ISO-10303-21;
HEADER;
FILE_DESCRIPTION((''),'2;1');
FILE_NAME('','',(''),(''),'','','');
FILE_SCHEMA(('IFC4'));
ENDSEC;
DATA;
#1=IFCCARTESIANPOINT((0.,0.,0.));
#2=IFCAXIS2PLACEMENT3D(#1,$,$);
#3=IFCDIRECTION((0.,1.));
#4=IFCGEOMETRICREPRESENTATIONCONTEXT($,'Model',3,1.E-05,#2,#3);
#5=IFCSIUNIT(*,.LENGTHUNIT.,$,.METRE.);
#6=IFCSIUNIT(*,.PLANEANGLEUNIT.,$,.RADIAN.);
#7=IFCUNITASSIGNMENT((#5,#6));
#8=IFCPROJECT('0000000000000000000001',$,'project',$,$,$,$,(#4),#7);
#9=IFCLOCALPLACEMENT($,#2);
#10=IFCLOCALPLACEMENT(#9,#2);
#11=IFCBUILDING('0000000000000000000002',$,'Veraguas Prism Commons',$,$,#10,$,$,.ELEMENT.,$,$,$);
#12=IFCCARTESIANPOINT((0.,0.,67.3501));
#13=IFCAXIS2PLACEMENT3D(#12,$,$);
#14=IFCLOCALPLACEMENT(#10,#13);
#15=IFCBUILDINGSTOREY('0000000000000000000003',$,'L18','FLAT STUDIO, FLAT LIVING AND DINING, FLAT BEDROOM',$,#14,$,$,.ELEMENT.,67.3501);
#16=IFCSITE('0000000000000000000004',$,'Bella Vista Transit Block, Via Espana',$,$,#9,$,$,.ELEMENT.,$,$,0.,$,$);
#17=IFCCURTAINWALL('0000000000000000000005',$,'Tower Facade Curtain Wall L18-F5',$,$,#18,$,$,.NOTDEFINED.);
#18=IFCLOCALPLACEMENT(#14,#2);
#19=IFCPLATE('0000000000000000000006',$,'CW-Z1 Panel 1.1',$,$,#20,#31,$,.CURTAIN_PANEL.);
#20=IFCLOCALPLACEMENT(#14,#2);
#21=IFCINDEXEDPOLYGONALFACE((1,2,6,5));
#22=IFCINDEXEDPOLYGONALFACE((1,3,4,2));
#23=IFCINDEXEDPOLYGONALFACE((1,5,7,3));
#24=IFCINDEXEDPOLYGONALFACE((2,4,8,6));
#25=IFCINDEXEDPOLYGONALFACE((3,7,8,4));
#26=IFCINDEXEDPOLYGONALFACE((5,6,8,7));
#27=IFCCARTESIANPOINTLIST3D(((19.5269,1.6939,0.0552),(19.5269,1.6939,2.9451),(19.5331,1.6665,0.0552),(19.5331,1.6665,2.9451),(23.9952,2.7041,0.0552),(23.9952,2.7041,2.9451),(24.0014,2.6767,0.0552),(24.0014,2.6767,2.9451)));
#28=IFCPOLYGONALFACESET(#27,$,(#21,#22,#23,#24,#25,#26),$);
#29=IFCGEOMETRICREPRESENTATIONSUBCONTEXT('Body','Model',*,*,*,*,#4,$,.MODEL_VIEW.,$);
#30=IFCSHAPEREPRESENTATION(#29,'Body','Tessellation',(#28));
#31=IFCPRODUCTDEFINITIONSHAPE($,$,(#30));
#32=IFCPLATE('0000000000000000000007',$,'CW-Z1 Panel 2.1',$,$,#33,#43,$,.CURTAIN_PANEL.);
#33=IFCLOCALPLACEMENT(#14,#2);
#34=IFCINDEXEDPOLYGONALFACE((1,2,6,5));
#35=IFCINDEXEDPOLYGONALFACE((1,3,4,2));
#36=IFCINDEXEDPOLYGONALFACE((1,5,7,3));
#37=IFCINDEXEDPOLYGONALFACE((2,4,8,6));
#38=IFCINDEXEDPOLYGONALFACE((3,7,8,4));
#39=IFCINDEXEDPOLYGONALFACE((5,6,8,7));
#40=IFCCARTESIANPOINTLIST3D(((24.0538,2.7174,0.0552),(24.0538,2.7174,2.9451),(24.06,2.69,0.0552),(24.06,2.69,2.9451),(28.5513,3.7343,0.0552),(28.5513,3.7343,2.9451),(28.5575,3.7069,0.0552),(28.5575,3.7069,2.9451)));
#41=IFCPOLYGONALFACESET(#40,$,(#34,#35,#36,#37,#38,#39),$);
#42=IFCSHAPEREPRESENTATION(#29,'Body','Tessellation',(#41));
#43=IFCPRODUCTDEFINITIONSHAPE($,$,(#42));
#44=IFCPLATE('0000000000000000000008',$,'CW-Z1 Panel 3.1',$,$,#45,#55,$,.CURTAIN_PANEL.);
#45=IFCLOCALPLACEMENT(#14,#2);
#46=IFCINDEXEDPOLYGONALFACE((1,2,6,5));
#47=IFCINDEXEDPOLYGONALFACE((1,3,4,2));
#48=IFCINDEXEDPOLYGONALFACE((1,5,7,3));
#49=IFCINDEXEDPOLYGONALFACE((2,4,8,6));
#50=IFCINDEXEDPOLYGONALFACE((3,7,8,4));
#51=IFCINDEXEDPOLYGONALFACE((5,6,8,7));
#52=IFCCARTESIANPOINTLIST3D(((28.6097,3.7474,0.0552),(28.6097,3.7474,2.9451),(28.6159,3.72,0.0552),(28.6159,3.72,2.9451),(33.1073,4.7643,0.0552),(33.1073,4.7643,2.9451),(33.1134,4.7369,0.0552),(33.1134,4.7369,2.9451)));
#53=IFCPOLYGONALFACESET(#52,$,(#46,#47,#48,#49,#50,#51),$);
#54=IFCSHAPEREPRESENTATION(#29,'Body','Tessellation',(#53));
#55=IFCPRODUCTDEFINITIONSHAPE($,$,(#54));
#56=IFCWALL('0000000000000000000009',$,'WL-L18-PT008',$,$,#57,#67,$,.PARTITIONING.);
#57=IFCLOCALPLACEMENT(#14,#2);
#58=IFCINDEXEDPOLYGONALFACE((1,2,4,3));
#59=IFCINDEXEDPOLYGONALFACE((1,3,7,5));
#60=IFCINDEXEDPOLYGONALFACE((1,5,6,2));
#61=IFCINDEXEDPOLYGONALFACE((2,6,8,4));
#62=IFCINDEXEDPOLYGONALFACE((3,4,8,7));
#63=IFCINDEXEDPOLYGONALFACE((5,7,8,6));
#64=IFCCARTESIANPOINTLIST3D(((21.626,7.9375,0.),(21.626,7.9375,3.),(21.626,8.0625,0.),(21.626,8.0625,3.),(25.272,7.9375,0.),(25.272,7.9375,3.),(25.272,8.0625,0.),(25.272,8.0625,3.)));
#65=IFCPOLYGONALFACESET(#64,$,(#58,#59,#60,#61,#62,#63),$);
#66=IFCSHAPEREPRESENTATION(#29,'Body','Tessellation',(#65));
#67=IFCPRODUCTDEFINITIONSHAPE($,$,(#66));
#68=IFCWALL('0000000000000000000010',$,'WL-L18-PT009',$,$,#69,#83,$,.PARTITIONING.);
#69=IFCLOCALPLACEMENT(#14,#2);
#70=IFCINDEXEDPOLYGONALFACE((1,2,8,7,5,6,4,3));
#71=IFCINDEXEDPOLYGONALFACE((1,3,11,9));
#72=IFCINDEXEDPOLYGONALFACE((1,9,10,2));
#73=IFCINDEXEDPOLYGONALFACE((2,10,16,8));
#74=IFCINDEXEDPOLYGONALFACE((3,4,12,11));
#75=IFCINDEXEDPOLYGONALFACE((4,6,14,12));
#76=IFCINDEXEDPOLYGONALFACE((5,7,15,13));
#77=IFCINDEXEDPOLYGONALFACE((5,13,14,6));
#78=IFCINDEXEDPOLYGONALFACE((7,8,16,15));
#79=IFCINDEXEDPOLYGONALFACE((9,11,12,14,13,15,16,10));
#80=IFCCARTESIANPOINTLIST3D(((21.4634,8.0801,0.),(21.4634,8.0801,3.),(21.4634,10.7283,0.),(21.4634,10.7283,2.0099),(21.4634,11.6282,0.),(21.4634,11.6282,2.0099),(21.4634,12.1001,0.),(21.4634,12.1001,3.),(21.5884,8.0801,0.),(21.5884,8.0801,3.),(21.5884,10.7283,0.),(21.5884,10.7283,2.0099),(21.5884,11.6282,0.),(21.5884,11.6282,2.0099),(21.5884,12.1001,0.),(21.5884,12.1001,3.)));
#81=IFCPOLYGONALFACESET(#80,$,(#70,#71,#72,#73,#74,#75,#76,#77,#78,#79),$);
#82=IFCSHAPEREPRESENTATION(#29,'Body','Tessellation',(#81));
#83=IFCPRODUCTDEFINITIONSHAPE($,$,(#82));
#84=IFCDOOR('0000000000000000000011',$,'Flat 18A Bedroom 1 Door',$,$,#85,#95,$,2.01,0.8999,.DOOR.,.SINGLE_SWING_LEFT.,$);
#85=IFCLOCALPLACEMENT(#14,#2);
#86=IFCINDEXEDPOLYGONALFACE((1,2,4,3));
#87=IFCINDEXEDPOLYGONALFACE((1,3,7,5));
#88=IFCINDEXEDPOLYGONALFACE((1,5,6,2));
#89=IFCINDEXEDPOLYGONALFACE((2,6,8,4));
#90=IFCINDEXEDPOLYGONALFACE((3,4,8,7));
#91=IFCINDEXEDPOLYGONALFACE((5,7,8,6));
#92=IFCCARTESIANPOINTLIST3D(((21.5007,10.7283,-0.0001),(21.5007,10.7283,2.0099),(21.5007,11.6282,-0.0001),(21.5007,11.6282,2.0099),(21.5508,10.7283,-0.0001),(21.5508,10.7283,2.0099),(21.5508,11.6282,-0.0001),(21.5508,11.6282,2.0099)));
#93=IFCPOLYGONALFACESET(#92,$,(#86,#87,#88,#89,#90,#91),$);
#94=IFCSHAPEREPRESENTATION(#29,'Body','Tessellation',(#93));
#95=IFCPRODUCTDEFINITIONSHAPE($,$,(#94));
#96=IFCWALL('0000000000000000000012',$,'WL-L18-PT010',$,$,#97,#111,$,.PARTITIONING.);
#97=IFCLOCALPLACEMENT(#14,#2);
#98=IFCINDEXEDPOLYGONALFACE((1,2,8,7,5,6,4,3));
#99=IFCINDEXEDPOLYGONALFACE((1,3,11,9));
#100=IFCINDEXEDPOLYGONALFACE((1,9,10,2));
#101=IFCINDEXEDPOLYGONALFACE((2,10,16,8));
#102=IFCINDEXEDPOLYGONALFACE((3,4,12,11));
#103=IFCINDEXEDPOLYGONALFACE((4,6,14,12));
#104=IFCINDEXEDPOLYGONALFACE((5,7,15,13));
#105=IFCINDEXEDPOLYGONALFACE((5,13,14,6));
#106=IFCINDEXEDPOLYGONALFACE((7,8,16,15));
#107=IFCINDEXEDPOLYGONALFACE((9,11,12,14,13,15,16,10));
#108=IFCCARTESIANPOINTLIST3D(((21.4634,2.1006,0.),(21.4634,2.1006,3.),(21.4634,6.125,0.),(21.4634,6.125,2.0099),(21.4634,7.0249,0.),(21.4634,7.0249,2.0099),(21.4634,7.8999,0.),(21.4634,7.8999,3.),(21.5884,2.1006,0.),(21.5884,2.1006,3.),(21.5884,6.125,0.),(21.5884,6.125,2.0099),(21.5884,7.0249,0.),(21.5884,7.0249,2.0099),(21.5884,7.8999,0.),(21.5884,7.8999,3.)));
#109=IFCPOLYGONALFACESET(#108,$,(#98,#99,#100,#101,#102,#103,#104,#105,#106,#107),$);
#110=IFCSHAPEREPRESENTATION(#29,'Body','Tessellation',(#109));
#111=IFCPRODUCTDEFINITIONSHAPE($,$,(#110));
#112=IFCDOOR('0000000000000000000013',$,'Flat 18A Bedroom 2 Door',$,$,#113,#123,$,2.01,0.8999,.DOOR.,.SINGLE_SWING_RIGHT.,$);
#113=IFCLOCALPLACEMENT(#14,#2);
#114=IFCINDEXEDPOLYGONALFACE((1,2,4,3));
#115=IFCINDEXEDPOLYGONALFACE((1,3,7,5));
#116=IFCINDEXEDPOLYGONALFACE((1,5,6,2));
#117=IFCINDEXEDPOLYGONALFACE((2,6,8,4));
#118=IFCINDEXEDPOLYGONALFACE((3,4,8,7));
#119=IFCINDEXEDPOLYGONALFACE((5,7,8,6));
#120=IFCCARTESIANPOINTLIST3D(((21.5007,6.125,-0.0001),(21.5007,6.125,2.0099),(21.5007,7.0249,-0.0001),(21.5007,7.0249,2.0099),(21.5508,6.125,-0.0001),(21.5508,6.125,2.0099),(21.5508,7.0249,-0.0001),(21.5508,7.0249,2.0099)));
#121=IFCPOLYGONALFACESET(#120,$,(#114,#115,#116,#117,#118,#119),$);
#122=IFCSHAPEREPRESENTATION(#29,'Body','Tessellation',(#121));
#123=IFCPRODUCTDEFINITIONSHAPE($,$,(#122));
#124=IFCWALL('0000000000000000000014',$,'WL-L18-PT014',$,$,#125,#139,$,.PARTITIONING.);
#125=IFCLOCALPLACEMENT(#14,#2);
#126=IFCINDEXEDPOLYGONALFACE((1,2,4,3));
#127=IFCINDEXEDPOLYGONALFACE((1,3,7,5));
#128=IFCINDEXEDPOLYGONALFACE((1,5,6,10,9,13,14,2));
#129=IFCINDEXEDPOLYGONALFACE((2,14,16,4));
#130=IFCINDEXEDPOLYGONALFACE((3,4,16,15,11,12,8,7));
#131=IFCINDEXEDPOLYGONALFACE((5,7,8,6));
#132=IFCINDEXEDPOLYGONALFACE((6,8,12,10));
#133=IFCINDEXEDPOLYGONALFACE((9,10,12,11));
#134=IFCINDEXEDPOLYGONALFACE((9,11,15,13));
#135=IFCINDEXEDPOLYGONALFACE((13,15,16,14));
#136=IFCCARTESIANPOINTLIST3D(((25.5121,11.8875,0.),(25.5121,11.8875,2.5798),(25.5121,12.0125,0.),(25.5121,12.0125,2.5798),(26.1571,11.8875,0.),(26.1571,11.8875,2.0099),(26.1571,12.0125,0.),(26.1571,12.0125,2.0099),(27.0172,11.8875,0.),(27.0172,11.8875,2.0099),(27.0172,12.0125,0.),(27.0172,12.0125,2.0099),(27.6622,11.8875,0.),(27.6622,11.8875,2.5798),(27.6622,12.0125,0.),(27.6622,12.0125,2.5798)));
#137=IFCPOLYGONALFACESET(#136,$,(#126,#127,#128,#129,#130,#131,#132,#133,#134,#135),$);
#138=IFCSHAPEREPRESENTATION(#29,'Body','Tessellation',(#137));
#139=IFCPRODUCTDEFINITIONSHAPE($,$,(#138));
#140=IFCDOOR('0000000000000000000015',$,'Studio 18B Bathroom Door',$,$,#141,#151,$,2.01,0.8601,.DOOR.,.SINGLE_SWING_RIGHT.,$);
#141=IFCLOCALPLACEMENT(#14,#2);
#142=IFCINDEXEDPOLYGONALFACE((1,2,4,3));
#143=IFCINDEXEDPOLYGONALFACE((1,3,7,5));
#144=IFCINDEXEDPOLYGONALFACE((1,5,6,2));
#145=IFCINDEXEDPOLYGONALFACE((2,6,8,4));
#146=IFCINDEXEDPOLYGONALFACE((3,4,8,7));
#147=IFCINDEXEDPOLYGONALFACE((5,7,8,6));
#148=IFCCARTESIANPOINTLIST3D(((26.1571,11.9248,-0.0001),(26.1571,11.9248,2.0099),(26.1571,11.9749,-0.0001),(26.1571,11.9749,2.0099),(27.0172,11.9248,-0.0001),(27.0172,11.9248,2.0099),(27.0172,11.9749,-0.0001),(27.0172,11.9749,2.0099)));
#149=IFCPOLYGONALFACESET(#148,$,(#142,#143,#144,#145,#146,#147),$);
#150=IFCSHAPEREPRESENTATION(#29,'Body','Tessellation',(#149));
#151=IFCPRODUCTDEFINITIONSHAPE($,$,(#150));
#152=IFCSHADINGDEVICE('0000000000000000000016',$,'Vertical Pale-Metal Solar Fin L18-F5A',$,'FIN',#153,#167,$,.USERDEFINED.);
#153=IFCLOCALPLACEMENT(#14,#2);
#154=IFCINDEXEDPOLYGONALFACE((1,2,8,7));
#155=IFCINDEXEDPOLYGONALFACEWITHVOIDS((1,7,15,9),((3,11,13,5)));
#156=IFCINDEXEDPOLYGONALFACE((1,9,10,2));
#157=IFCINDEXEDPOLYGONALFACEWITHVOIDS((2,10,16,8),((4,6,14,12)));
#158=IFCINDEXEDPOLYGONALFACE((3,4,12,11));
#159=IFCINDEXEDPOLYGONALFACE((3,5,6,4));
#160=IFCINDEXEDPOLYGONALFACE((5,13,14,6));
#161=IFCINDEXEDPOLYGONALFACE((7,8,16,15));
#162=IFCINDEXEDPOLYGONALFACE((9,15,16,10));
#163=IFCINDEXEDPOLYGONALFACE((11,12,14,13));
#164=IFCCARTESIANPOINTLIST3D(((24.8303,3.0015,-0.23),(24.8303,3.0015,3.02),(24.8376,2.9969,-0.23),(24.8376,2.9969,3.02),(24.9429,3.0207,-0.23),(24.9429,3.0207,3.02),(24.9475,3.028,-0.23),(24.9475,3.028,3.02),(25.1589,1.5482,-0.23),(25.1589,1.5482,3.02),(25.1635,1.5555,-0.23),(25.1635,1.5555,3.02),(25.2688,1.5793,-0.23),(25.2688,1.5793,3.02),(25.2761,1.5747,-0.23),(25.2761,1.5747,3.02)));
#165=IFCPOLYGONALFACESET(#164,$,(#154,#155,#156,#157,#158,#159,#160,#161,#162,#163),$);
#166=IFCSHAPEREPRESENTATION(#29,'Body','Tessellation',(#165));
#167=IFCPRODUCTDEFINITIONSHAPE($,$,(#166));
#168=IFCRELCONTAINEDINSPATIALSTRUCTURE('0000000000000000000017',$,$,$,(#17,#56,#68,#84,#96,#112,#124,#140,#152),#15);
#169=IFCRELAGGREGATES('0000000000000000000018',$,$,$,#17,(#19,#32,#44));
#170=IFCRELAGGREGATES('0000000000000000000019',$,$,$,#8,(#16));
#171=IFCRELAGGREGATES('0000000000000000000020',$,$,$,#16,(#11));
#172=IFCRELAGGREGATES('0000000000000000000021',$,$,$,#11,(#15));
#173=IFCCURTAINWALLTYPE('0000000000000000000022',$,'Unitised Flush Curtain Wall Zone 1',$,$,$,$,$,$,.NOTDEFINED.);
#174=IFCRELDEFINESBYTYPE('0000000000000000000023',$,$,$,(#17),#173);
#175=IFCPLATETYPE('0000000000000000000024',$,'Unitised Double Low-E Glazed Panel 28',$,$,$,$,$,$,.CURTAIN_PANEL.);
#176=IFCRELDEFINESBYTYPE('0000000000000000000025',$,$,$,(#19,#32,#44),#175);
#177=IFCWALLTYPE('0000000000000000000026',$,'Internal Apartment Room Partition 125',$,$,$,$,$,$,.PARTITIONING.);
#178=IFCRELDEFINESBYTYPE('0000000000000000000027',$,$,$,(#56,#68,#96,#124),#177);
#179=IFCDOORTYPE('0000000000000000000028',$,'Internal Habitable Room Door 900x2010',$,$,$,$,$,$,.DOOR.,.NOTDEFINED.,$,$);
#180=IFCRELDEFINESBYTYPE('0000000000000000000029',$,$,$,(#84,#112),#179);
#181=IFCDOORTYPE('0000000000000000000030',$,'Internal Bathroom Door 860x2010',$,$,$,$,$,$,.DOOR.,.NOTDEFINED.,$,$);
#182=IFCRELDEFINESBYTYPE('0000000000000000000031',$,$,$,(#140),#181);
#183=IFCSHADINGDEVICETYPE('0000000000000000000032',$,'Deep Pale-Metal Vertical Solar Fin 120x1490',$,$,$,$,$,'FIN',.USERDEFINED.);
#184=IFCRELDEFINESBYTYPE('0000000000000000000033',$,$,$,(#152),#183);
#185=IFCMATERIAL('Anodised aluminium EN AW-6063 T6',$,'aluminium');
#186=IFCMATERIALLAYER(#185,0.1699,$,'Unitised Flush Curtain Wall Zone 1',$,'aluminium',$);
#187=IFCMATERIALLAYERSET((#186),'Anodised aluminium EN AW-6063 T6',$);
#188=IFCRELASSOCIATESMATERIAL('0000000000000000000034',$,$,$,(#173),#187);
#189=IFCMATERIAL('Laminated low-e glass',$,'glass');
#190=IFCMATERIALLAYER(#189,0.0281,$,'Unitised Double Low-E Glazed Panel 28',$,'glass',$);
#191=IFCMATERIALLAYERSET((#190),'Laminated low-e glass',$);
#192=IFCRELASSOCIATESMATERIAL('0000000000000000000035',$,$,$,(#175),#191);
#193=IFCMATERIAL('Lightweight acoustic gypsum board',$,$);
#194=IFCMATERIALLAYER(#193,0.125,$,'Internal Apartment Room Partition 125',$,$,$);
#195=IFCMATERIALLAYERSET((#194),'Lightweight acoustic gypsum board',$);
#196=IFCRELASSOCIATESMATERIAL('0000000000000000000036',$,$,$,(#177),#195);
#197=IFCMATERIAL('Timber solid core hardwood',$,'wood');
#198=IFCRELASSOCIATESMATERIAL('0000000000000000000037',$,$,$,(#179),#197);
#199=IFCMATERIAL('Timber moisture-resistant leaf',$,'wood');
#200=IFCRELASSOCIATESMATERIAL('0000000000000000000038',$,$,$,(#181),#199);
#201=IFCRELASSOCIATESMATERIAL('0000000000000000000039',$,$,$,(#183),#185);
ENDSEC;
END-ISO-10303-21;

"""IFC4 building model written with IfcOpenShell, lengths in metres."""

from ifc_helpers import new_model, si_unit, direction, frame, frame_2d, origin, origin_2d, place, context, subcontext, project, spatial, rectangle, hollow_rectangle, extrude, source, transform, mapped, material, layer, layer_set, material_profile, profile_set, type_object, element, fill, aggregate, save


model = new_model("IFC4")

# Units and contexts
model_context = context("Model", 3, precision=1e-05, world=origin(), true_north=direction((0.0, 1.0)))
body_context = subcontext(model_context, "Body", "Model", "MODEL_VIEW")
ifc_project = project(units=[si_unit("LENGTHUNIT", "METRE"), si_unit("PLANEANGLEUNIT", "RADIAN")], contexts=[model_context])

# Site, building, storey
site_placement = place(None, origin())
site = spatial("IfcSite", under=ifc_project, at=site_placement, Name="Bella Vista Transit Block, Via Espana", CompositionType="ELEMENT", RefElevation=0.0)
building_placement = place(site_placement, origin())
building = spatial("IfcBuilding", under=site, at=building_placement, Name="Veraguas Prism Commons", CompositionType="ELEMENT")
storey_placement = place(building_placement, frame((0.0, 0.0, 67.3501)))
storey = spatial("IfcBuildingStorey", under=building, at=storey_placement, Name="L18", Description="FLAT STUDIO, FLAT LIVING AND DINING, FLAT BEDROOM", CompositionType="ELEMENT", Elevation=67.3501)

# Curtain wall, plates
ifc_material_1 = material(Name="Anodised aluminium EN AW-6063 T6", Category="aluminium")
ifc_layer_1 = layer(ifc_material_1, 0.1699, Name="Unitised Flush Curtain Wall Zone 1", Category="aluminium")
ifc_layer_set_1 = layer_set([ifc_layer_1], Name="Anodised aluminium EN AW-6063 T6")
curtain_wall_type = type_object("IfcCurtainWallType", Name="Unitised Flush Curtain Wall Zone 1", PredefinedType="NOTDEFINED", material=ifc_layer_set_1)
curtain_wall_placement = place(storey_placement, origin())
curtain_wall = element("IfcCurtainWall", 1, at=curtain_wall_placement, inside=storey, type_object=curtain_wall_type, Name="Tower Facade Curtain Wall L18-F5", PredefinedType="NOTDEFINED")
ifc_material_2 = material(Name="Laminated low-e glass", Category="glass")
ifc_layer_2 = layer(ifc_material_2, 0.0281, Name="Unitised Double Low-E Glazed Panel 28", Category="glass")
ifc_layer_set_2 = layer_set([ifc_layer_2], Name="Laminated low-e glass")
plate_type = type_object("IfcPlateType", Name="Unitised Double Low-E Glazed Panel 28", PredefinedType="CURTAIN_PANEL", material=ifc_layer_set_2)
shared_shape_1 = source(origin(), body_context, "Body", "SweptSolid", [
    extrude(rectangle(XDim=4.5811, YDim=0.0281, at=origin_2d()), origin(), (0.0, 0.0, 1.0), 2.8899),
])
plate_1_placement = place(storey_placement, frame((21.7642, 2.1853, 0.0552), z_axis=(0.0, 0.0, 1.0), x_axis=(0.97538, 0.220532, 0.0)))
plate_1 = element("IfcPlate", 2, at=plate_1_placement, type_object=plate_type, Name="CW-Z1 Panel 1.1", PredefinedType="CURTAIN_PANEL", context=body_context, shape_type="MappedRepresentation", body=[
    mapped(shared_shape_1, transform((0.0, 0.0, 0.0), scale=1.0)),
])
shared_shape_2 = source(origin(), body_context, "Body", "SweptSolid", [
    extrude(rectangle(XDim=4.6111, YDim=0.0281, at=origin_2d()), origin(), (0.0, 0.0, 1.0), 2.8899),
])
plate_2_placement = place(storey_placement, frame((26.3057, 3.2122, 0.0552), z_axis=(0.0, 0.0, 1.0), x_axis=(0.97538, 0.220532, 0.0)))
plate_2 = element("IfcPlate", 3, at=plate_2_placement, type_object=plate_type, Name="CW-Z1 Panel 2.1", PredefinedType="CURTAIN_PANEL", context=body_context, shape_type="MappedRepresentation", body=[
    mapped(shared_shape_2, transform((0.0, 0.0, 0.0), scale=1.0)),
])
plate_3_placement = place(storey_placement, frame((30.8616, 4.2422, 0.0552), z_axis=(0.0, 0.0, 1.0), x_axis=(0.97538, 0.220532, 0.0)))
plate_3 = element("IfcPlate", 4, at=plate_3_placement, type_object=plate_type, Name="CW-Z1 Panel 3.1", PredefinedType="CURTAIN_PANEL", context=body_context, shape_type="MappedRepresentation", body=[
    mapped(shared_shape_2, transform((0.0, 0.0, 0.0), scale=1.0)),
])
aggregate(curtain_wall, [plate_1, plate_2, plate_3])

# Wall
ifc_material_3 = material(Name="Lightweight acoustic gypsum board")
ifc_layer_3 = layer(ifc_material_3, 0.125, Name="Internal Apartment Room Partition 125")
ifc_layer_set_3 = layer_set([ifc_layer_3], Name="Lightweight acoustic gypsum board")
wall_type = type_object("IfcWallType", Name="Internal Apartment Room Partition 125", PredefinedType="PARTITIONING", material=ifc_layer_set_3)
wall_1_placement = place(storey_placement, frame((21.626, 8.0, 0.0), z_axis=(0.0, 0.0, 1.0), x_axis=(1.0, 0.0, 0.0)))
element("IfcWall", 5, at=wall_1_placement, inside=storey, type_object=wall_type, Name="WL-L18-PT008", PredefinedType="PARTITIONING", context=body_context, shape_type="SweptSolid", body=[
    extrude(rectangle(XDim=3.646, YDim=0.125, at=frame_2d((1.823, 0.0))), origin(), (0.0, 0.0, 1.0), 3.0),
])

# Walls, openings, doors
wall_2_placement = place(storey_placement, frame((21.5259, 12.1001, 0.0), z_axis=(0.0, 0.0, 1.0), x_axis=(0.0, -1.0, 0.0)))
wall_2 = element("IfcWall", 6, at=wall_2_placement, inside=storey, type_object=wall_type, Name="WL-L18-PT009", PredefinedType="PARTITIONING", context=body_context, shape_type="SweptSolid", body=[
    extrude(rectangle(XDim=4.02, YDim=0.125, at=frame_2d((2.01, 0.0))), origin(), (0.0, 0.0, 1.0), 3.0),
])
opening_1_placement = place(wall_2_placement, frame((0.4719, 0.0, 0.0)))
opening_1 = element("IfcOpeningElement", 7, at=opening_1_placement, cuts=wall_2, PredefinedType="OPENING", context=body_context, shape_type="SweptSolid", body=[
    extrude(rectangle(XDim=0.8999, YDim=2.01, at=frame_2d((0.45, 1.0049))), frame((0.0, 0.0725, 0.0), z_axis=(0.0, -1.0, 0.0), x_axis=(1.0, 0.0, 0.0)), (0.0, 0.0, 1.0), 0.145),
])
ifc_material_4 = material(Name="Timber solid core hardwood", Category="wood")
door_type_1 = type_object("IfcDoorType", Name="Internal Habitable Room Door 900x2010", OperationType="NOTDEFINED", PredefinedType="DOOR", material=ifc_material_4)
shared_shape_3 = source(origin(), body_context, "Body", "SweptSolid", [
    extrude(rectangle(XDim=0.8999, YDim=2.01, at=frame_2d((0.45, 1.0049))), frame((0.0, 0.0249, 0.0), z_axis=(0.0, -1.0, 0.0), x_axis=(1.0, 0.0, 0.0)), (0.0, 0.0, 1.0), 0.05),
])
door_1_placement = place(opening_1_placement, origin())
door_1 = element("IfcDoor", 8, at=door_1_placement, inside=storey, type_object=door_type_1, Name="Flat 18A Bedroom 1 Door", OperationType="SINGLE_SWING_LEFT", OverallHeight=2.01, OverallWidth=0.8999, PredefinedType="DOOR", context=body_context, shape_type="MappedRepresentation", body=[
    mapped(shared_shape_3, transform((0.0, 0.0, 0.0), scale=1.0)),
])
fill(opening_1, door_1)
wall_3_placement = place(storey_placement, frame((21.5259, 7.8999, 0.0), z_axis=(0.0, 0.0, 1.0), x_axis=(0.0, -1.0, 0.0)))
wall_3 = element("IfcWall", 9, at=wall_3_placement, inside=storey, type_object=wall_type, Name="WL-L18-PT010", PredefinedType="PARTITIONING", context=body_context, shape_type="SweptSolid", body=[
    extrude(rectangle(XDim=5.7993, YDim=0.125, at=frame_2d((2.8997, 0.0))), origin(), (0.0, 0.0, 1.0), 3.0),
])
opening_2_placement = place(wall_3_placement, frame((0.875, 0.0, 0.0)))
opening_2 = element("IfcOpeningElement", 10, at=opening_2_placement, cuts=wall_3, PredefinedType="OPENING", context=body_context, shape_type="SweptSolid", body=[
    extrude(rectangle(XDim=0.8999, YDim=2.01, at=frame_2d((0.45, 1.0049))), frame((0.0, 0.0725, 0.0), z_axis=(0.0, -1.0, 0.0), x_axis=(1.0, 0.0, 0.0)), (0.0, 0.0, 1.0), 0.145),
])
door_2_placement = place(opening_2_placement, origin())
door_2 = element("IfcDoor", 11, at=door_2_placement, inside=storey, type_object=door_type_1, Name="Flat 18A Bedroom 2 Door", OperationType="SINGLE_SWING_RIGHT", OverallHeight=2.01, OverallWidth=0.8999, PredefinedType="DOOR", context=body_context, shape_type="MappedRepresentation", body=[
    mapped(shared_shape_3, transform((0.0, 0.0, 0.0), scale=1.0)),
])
fill(opening_2, door_2)
wall_4_placement = place(storey_placement, frame((25.512, 11.95, 0.0), z_axis=(0.0, 0.0, 1.0), x_axis=(1.0, 0.0, 0.0)))
wall_4 = element("IfcWall", 12, at=wall_4_placement, inside=storey, type_object=wall_type, Name="WL-L18-PT014", PredefinedType="PARTITIONING", context=body_context, shape_type="SweptSolid", body=[
    extrude(rectangle(XDim=2.1501, YDim=0.125, at=frame_2d((1.0752, 0.0))), origin(), (0.0, 0.0, 1.0), 2.5798),
])
opening_3_placement = place(wall_4_placement, frame((0.645, 0.0, 0.0)))
opening_3 = element("IfcOpeningElement", 13, at=opening_3_placement, cuts=wall_4, PredefinedType="OPENING", context=body_context, shape_type="SweptSolid", body=[
    extrude(rectangle(XDim=0.8601, YDim=2.01, at=frame_2d((0.4302, 1.0049))), frame((0.0, 0.0725, 0.0), z_axis=(0.0, -1.0, 0.0), x_axis=(1.0, 0.0, 0.0)), (0.0, 0.0, 1.0), 0.145),
])
ifc_material_5 = material(Name="Timber moisture-resistant leaf", Category="wood")
door_type_2 = type_object("IfcDoorType", Name="Internal Bathroom Door 860x2010", OperationType="NOTDEFINED", PredefinedType="DOOR", material=ifc_material_5)
shared_shape_4 = source(origin(), body_context, "Body", "SweptSolid", [
    extrude(rectangle(XDim=0.8601, YDim=2.01, at=frame_2d((0.4302, 1.0049))), frame((0.0, 0.0249, 0.0), z_axis=(0.0, -1.0, 0.0), x_axis=(1.0, 0.0, 0.0)), (0.0, 0.0, 1.0), 0.05),
])
door_3_placement = place(opening_3_placement, origin())
door_3 = element("IfcDoor", 14, at=door_3_placement, inside=storey, type_object=door_type_2, Name="Studio 18B Bathroom Door", OperationType="SINGLE_SWING_RIGHT", OverallHeight=2.01, OverallWidth=0.8601, PredefinedType="DOOR", context=body_context, shape_type="MappedRepresentation", body=[
    mapped(shared_shape_4, transform((0.0, 0.0, 0.0), scale=1.0)),
])
fill(opening_3, door_3)

# Shading device
ifc_material_profile_1 = material_profile(ifc_material_1, hollow_rectangle(XDim=0.1201, YDim=1.49, WallThickness=0.0061, at=origin_2d()), Name="FIN120X1490X6")
ifc_profile_set_1 = profile_set([ifc_material_profile_1], Name="Anodised aluminium EN AW-6063 T6")
shading_device_type = type_object("IfcShadingDeviceType", Name="Deep Pale-Metal Vertical Solar Fin 120x1490", ElementType="FIN", PredefinedType="USERDEFINED", material=ifc_profile_set_1)
shading_device_placement = place(storey_placement, frame((25.0532, 2.2881, -0.23), z_axis=(0.0, 0.0, 1.0), x_axis=(0.97538, 0.220529, 0.0)))
element("IfcShadingDevice", 15, at=shading_device_placement, inside=storey, type_object=shading_device_type, Name="Vertical Pale-Metal Solar Fin L18-F5A", ObjectType="FIN", PredefinedType="USERDEFINED", context=body_context, shape_type="SweptSolid", body=[
    extrude(hollow_rectangle(XDim=0.1201, YDim=1.49, WallThickness=0.0061, at=origin_2d()), origin(), (0.0, 0.0, 1.0), 3.25),
])

save(model, "model.ifc")
